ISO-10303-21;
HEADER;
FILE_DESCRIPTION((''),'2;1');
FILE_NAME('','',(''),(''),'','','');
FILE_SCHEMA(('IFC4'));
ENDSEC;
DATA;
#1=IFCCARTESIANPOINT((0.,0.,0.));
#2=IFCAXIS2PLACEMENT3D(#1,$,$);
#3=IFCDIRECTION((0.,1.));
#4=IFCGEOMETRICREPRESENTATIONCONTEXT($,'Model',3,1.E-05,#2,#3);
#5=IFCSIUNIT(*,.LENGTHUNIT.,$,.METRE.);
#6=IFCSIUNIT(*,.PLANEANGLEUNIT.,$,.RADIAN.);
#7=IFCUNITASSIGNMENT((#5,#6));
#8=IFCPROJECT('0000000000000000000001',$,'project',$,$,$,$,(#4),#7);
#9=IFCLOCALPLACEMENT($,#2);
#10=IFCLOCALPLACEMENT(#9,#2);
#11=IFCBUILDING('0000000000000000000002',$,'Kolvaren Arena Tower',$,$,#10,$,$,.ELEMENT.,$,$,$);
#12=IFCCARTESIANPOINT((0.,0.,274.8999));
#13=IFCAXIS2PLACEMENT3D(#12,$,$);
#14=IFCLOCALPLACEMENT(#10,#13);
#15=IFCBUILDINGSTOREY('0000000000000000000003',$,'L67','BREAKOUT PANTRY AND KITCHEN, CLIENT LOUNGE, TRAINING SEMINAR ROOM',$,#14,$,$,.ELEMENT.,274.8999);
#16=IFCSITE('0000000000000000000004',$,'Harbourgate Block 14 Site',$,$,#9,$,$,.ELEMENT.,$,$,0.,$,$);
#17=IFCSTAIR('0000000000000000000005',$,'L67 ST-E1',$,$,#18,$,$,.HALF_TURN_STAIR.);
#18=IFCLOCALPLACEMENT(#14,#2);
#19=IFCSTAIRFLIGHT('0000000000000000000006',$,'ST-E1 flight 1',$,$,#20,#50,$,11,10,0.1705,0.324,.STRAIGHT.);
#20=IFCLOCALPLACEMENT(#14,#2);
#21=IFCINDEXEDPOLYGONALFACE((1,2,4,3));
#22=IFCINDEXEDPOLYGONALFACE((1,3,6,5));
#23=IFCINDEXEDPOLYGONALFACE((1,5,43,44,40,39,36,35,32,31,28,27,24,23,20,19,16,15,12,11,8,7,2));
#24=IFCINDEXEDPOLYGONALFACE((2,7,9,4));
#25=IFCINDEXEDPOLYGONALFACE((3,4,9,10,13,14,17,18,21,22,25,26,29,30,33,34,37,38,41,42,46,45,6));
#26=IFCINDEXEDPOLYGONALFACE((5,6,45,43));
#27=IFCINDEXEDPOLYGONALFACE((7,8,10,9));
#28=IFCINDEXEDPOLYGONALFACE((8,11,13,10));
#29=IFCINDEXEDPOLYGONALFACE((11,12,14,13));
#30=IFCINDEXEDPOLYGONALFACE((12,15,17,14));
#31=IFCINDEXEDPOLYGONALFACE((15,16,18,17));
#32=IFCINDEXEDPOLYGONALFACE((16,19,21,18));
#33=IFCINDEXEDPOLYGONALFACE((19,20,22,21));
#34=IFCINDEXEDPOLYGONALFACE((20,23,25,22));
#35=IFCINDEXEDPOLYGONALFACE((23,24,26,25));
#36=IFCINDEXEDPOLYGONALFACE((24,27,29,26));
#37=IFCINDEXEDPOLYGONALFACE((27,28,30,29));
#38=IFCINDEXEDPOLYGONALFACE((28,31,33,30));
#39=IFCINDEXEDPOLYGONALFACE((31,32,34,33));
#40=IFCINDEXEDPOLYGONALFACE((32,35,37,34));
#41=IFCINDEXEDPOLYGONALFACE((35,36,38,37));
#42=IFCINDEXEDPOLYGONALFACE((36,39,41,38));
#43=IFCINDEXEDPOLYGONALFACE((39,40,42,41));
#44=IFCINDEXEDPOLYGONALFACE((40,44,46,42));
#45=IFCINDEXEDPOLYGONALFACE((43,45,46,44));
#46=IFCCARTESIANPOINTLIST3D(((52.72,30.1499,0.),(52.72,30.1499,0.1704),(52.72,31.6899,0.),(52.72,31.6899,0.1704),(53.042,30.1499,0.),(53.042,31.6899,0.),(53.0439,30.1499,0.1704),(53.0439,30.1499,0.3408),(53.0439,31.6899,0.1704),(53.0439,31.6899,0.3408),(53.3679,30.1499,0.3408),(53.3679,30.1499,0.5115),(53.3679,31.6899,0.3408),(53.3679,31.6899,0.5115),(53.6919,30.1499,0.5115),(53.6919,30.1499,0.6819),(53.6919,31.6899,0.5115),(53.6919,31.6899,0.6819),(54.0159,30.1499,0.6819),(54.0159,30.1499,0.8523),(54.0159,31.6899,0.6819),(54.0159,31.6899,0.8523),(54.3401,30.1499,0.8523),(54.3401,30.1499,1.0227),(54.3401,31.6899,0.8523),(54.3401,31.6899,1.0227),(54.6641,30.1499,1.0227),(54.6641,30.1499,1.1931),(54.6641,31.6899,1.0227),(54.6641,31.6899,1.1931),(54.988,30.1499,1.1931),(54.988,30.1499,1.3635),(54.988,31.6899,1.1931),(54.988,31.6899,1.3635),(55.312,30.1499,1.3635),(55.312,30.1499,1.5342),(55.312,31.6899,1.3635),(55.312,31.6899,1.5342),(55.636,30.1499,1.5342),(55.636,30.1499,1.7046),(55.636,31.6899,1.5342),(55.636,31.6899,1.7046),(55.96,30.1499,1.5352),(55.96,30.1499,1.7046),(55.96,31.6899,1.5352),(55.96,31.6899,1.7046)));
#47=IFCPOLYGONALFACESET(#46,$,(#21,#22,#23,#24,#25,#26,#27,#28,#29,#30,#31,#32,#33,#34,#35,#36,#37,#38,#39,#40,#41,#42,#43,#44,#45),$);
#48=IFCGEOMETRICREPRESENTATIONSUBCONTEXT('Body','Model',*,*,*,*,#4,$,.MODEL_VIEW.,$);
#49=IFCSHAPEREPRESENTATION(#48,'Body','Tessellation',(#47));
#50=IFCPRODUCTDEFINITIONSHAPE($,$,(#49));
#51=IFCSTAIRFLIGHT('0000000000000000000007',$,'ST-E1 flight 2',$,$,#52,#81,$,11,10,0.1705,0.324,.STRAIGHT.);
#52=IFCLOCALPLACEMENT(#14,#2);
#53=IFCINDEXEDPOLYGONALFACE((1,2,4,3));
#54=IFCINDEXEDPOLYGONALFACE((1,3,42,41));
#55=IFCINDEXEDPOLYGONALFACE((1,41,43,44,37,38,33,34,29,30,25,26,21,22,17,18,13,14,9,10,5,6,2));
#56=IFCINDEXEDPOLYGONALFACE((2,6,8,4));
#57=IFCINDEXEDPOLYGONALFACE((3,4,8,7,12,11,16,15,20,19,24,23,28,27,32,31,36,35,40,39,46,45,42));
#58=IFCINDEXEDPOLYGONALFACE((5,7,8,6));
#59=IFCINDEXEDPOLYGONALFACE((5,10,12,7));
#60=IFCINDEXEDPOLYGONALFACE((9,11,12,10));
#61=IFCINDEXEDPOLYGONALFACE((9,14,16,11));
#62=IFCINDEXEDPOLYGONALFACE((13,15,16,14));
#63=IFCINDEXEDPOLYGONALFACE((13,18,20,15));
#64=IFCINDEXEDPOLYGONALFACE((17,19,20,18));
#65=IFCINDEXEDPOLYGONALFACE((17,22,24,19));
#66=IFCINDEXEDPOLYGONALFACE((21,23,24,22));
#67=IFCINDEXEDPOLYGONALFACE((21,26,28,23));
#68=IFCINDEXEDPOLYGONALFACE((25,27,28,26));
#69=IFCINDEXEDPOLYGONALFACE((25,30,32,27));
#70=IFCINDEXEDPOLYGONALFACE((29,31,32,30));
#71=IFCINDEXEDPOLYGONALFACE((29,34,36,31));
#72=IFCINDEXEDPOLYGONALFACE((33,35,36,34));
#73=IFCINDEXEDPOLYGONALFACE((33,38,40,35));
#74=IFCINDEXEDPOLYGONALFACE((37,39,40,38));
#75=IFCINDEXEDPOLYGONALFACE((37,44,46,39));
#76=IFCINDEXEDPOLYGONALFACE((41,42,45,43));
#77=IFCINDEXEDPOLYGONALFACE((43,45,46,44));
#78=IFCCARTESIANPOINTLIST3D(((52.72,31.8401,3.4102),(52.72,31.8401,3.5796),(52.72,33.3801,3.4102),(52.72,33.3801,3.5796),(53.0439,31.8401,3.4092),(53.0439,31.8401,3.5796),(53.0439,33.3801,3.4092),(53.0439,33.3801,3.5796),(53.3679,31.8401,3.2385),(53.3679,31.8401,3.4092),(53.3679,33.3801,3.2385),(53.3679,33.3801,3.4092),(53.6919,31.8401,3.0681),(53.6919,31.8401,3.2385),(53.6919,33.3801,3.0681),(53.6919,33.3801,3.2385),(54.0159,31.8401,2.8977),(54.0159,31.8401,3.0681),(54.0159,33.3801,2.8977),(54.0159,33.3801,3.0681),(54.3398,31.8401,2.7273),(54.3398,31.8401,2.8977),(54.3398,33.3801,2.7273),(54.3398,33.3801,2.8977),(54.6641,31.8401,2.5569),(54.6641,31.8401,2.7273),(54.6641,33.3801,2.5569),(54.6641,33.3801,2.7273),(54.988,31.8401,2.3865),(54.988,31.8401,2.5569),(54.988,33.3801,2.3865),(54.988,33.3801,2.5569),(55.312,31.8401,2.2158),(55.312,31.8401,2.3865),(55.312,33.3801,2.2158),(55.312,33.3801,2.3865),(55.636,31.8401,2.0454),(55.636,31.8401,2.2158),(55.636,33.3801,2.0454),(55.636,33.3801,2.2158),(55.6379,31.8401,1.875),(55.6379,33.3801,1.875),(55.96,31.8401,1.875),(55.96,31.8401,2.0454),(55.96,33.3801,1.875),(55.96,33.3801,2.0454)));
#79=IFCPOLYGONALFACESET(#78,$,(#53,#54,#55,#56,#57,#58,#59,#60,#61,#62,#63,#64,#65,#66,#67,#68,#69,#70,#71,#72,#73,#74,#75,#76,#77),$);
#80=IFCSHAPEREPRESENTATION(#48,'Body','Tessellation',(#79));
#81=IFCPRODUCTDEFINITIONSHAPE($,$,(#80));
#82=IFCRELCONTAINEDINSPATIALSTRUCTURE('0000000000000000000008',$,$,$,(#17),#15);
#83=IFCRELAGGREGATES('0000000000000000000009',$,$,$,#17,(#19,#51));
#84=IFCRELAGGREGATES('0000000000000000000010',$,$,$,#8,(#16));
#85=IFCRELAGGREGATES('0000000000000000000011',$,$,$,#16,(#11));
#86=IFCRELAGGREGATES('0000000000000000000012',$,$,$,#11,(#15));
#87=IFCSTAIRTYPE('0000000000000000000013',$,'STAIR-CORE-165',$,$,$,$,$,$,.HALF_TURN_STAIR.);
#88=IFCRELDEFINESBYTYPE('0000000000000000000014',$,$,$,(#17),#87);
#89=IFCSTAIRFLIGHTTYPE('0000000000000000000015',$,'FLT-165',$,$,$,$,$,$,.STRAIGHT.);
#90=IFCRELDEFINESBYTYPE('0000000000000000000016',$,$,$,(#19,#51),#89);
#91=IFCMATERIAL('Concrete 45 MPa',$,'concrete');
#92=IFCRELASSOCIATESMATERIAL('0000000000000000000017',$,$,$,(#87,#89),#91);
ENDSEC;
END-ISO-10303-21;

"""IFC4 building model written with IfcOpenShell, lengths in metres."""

from ifc_helpers import new_model, si_unit, direction, frame, origin, place, context, subcontext, project, spatial, polyline, outline, extrude, material, type_object, element, aggregate, save


model = new_model("IFC4")

# Units and contexts
model_context = context("Model", 3, precision=1e-05, world=origin(), true_north=direction((0.0, 1.0)))
body_context = subcontext(model_context, "Body", "Model", "MODEL_VIEW")
ifc_project = project(units=[si_unit("LENGTHUNIT", "METRE"), si_unit("PLANEANGLEUNIT", "RADIAN")], contexts=[model_context])

# Site, building, storey
site_placement = place(None, origin())
site = spatial("IfcSite", under=ifc_project, at=site_placement, Name="Harbourgate Block 14 Site", CompositionType="ELEMENT", RefElevation=0.0)
building_placement = place(site_placement, origin())
building = spatial("IfcBuilding", under=site, at=building_placement, Name="Kolvaren Arena Tower", CompositionType="ELEMENT")
storey_placement = place(building_placement, frame((0.0, 0.0, 274.8999)))
storey = spatial("IfcBuildingStorey", under=building, at=storey_placement, Name="L67", Description="BREAKOUT PANTRY AND KITCHEN, CLIENT LOUNGE, TRAINING SEMINAR ROOM", CompositionType="ELEMENT", Elevation=274.8999)

# Shared definitions
ifc_material_1 = material(Name="Concrete 45 MPa", Category="concrete")

# Stair, stair flights
stair_type = type_object("IfcStairType", Name="STAIR-CORE-165", PredefinedType="HALF_TURN_STAIR", material=ifc_material_1)
stair_placement = place(storey_placement, origin())
stair = element("IfcStair", 1, at=stair_placement, inside=storey, type_object=stair_type, Name="L67 ST-E1", PredefinedType="HALF_TURN_STAIR")
stair_flight_type = type_object("IfcStairFlightType", Name="FLT-165", PredefinedType="STRAIGHT", material=ifc_material_1)
stair_flight_1_placement = place(storey_placement, frame((52.72, 30.9199, 0.0), z_axis=(0.0, 0.0, 1.0), x_axis=(1.0, 0.0, 0.0)))
stair_flight_1 = element("IfcStairFlight", 2, at=stair_flight_1_placement, type_object=stair_flight_type, Name="ST-E1 flight 1", NumberOfRisers=11, NumberOfTreads=10, PredefinedType="STRAIGHT", RiserHeight=0.1705, TreadLength=0.324, context=body_context, shape_type="SweptSolid", body=[
    extrude(outline(polyline([(0.0, 0.0), (0.0, 0.1704), (0.324, 0.1704), (0.324, 0.3408), (0.6479, 0.3408), (0.6479, 0.5115), (0.9719, 0.5115), (0.9719, 0.6819), (1.2959, 0.6819), (1.2959, 0.8523), (1.6201, 0.8523), (1.6201, 1.0227), (1.9441, 1.0227), (1.9441, 1.1931), (2.2681, 1.1931), (2.2681, 1.3635), (2.592, 1.3635), (2.592, 1.5342), (2.916, 1.5342), (2.916, 1.7046), (3.24, 1.7046), (3.24, 1.875), (3.24, 1.5352), (0.322, 0.0), (0.0, 0.0)])), frame((0.0, 0.77, 0.0), z_axis=(0.0, -1.0, 0.0), x_axis=(1.0, 0.0, 0.0)), (0.0, 0.0, 1.0), 1.54),
])
stair_flight_2_placement = place(storey_placement, frame((55.96, 32.6101, 1.875), z_axis=(0.0, 0.0, 1.0), x_axis=(-1.0, 0.0, 0.0)))
stair_flight_2 = element("IfcStairFlight", 3, at=stair_flight_2_placement, type_object=stair_flight_type, Name="ST-E1 flight 2", NumberOfRisers=11, NumberOfTreads=10, PredefinedType="STRAIGHT", RiserHeight=0.1705, TreadLength=0.324, context=body_context, shape_type="SweptSolid", body=[
    extrude(outline(polyline([(0.0, 0.0), (0.0, 0.1704), (0.324, 0.1704), (0.324, 0.3408), (0.6479, 0.3408), (0.6479, 0.5115), (0.9719, 0.5115), (0.9719, 0.6819), (1.2959, 0.6819), (1.2959, 0.8523), (1.6201, 0.8523), (1.6201, 1.0227), (1.9441, 1.0227), (1.9441, 1.1931), (2.2681, 1.1931), (2.2681, 1.3635), (2.592, 1.3635), (2.592, 1.5342), (2.916, 1.5342), (2.916, 1.7046), (3.24, 1.7046), (3.24, 1.875), (3.24, 1.5352), (0.322, 0.0), (0.0, 0.0)])), frame((0.0, 0.77, 0.0), z_axis=(0.0, -1.0, 0.0), x_axis=(1.0, 0.0, 0.0)), (0.0, 0.0, 1.0), 1.54),
])
aggregate(stair, [stair_flight_1, stair_flight_2])

save(model, "model.ifc")
